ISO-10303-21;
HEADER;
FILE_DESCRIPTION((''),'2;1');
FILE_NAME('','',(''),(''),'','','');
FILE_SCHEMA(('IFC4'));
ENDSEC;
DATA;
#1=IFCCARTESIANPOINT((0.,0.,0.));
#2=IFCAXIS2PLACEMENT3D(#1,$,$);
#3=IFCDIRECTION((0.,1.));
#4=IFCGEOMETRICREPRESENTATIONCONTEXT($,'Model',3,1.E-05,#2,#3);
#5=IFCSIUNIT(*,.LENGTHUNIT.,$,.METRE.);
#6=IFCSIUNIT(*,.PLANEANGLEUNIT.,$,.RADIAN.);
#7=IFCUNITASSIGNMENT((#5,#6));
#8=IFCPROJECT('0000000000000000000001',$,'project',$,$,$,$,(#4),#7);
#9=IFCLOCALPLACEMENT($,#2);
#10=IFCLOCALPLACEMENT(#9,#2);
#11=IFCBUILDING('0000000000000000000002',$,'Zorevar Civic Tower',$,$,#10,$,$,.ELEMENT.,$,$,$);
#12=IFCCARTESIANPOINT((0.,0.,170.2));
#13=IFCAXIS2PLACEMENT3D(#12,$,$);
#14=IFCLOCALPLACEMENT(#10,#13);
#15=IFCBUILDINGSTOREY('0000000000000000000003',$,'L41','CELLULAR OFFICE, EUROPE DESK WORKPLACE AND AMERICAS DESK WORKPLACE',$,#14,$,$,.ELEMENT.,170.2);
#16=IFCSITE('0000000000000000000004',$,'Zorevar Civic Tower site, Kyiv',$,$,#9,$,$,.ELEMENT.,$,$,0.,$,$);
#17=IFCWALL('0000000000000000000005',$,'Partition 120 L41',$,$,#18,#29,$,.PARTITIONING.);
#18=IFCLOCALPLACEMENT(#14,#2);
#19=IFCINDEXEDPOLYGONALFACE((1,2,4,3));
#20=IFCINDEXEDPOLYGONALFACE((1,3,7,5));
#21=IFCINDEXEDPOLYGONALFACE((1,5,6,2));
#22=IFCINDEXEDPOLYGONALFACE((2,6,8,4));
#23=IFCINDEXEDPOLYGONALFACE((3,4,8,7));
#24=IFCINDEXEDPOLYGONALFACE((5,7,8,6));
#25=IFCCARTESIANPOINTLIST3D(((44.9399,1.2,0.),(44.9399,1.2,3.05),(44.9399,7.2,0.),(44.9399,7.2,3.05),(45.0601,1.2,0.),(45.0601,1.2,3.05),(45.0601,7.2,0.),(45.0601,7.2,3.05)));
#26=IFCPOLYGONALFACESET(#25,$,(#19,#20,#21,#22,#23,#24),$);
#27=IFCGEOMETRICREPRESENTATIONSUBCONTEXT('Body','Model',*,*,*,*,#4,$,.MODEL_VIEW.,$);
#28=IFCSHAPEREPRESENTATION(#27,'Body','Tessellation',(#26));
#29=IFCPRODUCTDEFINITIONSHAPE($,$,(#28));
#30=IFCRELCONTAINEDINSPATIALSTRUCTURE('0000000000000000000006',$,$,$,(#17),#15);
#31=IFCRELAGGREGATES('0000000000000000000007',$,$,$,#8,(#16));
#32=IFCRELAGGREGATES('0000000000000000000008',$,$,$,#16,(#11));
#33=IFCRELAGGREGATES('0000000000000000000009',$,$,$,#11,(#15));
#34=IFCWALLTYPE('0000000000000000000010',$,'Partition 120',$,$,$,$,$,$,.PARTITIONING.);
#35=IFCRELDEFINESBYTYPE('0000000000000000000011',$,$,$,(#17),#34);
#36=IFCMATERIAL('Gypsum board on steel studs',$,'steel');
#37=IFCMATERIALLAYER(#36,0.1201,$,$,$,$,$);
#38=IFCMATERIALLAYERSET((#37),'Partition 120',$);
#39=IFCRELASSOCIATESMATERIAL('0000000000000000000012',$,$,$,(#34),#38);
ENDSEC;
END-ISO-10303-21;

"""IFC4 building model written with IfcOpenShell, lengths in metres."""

from ifc_helpers import new_model, si_unit, direction, frame, frame_2d, origin, place, context, subcontext, project, spatial, rectangle, extrude, material, layer, layer_set, type_object, element, save


model = new_model("IFC4")

# Units and contexts
model_context = context("Model", 3, precision=1e-05, world=origin(), true_north=direction((0.0, 1.0)))
body_context = subcontext(model_context, "Body", "Model", "MODEL_VIEW")
ifc_project = project(units=[si_unit("LENGTHUNIT", "METRE"), si_unit("PLANEANGLEUNIT", "RADIAN")], contexts=[model_context])

# Site, building, storey
site_placement = place(None, origin())
site = spatial("IfcSite", under=ifc_project, at=site_placement, Name="Zorevar Civic Tower site, Kyiv", CompositionType="ELEMENT", RefElevation=0.0)
building_placement = place(site_placement, origin())
building = spatial("IfcBuilding", under=site, at=building_placement, Name="Zorevar Civic Tower", CompositionType="ELEMENT")
storey_placement = place(building_placement, frame((0.0, 0.0, 170.2)))
storey = spatial("IfcBuildingStorey", under=building, at=storey_placement, Name="L41", Description="CELLULAR OFFICE, EUROPE DESK WORKPLACE AND AMERICAS DESK WORKPLACE", CompositionType="ELEMENT", Elevation=170.2)

# Wall
ifc_material_1 = material(Name="Gypsum board on steel studs", Category="steel")
ifc_layer_1 = layer(ifc_material_1, 0.1201)
ifc_layer_set_1 = layer_set([ifc_layer_1], Name="Partition 120")
wall_type = type_object("IfcWallType", Name="Partition 120", PredefinedType="PARTITIONING", material=ifc_layer_set_1)
wall_placement = place(storey_placement, frame((45.0, 1.2, 0.0), z_axis=(0.0, 0.0, 1.0), x_axis=(0.0, 1.0, 0.0)))
element("IfcWall", 1, at=wall_placement, inside=storey, type_object=wall_type, Name="Partition 120 L41", PredefinedType="PARTITIONING", context=body_context, shape_type="SweptSolid", body=[
    extrude(rectangle(XDim=6.0, YDim=0.1201, at=frame_2d((3.0, 0.0))), origin(), (0.0, 0.0, 1.0), 3.05),
])

save(model, "model.ifc")
